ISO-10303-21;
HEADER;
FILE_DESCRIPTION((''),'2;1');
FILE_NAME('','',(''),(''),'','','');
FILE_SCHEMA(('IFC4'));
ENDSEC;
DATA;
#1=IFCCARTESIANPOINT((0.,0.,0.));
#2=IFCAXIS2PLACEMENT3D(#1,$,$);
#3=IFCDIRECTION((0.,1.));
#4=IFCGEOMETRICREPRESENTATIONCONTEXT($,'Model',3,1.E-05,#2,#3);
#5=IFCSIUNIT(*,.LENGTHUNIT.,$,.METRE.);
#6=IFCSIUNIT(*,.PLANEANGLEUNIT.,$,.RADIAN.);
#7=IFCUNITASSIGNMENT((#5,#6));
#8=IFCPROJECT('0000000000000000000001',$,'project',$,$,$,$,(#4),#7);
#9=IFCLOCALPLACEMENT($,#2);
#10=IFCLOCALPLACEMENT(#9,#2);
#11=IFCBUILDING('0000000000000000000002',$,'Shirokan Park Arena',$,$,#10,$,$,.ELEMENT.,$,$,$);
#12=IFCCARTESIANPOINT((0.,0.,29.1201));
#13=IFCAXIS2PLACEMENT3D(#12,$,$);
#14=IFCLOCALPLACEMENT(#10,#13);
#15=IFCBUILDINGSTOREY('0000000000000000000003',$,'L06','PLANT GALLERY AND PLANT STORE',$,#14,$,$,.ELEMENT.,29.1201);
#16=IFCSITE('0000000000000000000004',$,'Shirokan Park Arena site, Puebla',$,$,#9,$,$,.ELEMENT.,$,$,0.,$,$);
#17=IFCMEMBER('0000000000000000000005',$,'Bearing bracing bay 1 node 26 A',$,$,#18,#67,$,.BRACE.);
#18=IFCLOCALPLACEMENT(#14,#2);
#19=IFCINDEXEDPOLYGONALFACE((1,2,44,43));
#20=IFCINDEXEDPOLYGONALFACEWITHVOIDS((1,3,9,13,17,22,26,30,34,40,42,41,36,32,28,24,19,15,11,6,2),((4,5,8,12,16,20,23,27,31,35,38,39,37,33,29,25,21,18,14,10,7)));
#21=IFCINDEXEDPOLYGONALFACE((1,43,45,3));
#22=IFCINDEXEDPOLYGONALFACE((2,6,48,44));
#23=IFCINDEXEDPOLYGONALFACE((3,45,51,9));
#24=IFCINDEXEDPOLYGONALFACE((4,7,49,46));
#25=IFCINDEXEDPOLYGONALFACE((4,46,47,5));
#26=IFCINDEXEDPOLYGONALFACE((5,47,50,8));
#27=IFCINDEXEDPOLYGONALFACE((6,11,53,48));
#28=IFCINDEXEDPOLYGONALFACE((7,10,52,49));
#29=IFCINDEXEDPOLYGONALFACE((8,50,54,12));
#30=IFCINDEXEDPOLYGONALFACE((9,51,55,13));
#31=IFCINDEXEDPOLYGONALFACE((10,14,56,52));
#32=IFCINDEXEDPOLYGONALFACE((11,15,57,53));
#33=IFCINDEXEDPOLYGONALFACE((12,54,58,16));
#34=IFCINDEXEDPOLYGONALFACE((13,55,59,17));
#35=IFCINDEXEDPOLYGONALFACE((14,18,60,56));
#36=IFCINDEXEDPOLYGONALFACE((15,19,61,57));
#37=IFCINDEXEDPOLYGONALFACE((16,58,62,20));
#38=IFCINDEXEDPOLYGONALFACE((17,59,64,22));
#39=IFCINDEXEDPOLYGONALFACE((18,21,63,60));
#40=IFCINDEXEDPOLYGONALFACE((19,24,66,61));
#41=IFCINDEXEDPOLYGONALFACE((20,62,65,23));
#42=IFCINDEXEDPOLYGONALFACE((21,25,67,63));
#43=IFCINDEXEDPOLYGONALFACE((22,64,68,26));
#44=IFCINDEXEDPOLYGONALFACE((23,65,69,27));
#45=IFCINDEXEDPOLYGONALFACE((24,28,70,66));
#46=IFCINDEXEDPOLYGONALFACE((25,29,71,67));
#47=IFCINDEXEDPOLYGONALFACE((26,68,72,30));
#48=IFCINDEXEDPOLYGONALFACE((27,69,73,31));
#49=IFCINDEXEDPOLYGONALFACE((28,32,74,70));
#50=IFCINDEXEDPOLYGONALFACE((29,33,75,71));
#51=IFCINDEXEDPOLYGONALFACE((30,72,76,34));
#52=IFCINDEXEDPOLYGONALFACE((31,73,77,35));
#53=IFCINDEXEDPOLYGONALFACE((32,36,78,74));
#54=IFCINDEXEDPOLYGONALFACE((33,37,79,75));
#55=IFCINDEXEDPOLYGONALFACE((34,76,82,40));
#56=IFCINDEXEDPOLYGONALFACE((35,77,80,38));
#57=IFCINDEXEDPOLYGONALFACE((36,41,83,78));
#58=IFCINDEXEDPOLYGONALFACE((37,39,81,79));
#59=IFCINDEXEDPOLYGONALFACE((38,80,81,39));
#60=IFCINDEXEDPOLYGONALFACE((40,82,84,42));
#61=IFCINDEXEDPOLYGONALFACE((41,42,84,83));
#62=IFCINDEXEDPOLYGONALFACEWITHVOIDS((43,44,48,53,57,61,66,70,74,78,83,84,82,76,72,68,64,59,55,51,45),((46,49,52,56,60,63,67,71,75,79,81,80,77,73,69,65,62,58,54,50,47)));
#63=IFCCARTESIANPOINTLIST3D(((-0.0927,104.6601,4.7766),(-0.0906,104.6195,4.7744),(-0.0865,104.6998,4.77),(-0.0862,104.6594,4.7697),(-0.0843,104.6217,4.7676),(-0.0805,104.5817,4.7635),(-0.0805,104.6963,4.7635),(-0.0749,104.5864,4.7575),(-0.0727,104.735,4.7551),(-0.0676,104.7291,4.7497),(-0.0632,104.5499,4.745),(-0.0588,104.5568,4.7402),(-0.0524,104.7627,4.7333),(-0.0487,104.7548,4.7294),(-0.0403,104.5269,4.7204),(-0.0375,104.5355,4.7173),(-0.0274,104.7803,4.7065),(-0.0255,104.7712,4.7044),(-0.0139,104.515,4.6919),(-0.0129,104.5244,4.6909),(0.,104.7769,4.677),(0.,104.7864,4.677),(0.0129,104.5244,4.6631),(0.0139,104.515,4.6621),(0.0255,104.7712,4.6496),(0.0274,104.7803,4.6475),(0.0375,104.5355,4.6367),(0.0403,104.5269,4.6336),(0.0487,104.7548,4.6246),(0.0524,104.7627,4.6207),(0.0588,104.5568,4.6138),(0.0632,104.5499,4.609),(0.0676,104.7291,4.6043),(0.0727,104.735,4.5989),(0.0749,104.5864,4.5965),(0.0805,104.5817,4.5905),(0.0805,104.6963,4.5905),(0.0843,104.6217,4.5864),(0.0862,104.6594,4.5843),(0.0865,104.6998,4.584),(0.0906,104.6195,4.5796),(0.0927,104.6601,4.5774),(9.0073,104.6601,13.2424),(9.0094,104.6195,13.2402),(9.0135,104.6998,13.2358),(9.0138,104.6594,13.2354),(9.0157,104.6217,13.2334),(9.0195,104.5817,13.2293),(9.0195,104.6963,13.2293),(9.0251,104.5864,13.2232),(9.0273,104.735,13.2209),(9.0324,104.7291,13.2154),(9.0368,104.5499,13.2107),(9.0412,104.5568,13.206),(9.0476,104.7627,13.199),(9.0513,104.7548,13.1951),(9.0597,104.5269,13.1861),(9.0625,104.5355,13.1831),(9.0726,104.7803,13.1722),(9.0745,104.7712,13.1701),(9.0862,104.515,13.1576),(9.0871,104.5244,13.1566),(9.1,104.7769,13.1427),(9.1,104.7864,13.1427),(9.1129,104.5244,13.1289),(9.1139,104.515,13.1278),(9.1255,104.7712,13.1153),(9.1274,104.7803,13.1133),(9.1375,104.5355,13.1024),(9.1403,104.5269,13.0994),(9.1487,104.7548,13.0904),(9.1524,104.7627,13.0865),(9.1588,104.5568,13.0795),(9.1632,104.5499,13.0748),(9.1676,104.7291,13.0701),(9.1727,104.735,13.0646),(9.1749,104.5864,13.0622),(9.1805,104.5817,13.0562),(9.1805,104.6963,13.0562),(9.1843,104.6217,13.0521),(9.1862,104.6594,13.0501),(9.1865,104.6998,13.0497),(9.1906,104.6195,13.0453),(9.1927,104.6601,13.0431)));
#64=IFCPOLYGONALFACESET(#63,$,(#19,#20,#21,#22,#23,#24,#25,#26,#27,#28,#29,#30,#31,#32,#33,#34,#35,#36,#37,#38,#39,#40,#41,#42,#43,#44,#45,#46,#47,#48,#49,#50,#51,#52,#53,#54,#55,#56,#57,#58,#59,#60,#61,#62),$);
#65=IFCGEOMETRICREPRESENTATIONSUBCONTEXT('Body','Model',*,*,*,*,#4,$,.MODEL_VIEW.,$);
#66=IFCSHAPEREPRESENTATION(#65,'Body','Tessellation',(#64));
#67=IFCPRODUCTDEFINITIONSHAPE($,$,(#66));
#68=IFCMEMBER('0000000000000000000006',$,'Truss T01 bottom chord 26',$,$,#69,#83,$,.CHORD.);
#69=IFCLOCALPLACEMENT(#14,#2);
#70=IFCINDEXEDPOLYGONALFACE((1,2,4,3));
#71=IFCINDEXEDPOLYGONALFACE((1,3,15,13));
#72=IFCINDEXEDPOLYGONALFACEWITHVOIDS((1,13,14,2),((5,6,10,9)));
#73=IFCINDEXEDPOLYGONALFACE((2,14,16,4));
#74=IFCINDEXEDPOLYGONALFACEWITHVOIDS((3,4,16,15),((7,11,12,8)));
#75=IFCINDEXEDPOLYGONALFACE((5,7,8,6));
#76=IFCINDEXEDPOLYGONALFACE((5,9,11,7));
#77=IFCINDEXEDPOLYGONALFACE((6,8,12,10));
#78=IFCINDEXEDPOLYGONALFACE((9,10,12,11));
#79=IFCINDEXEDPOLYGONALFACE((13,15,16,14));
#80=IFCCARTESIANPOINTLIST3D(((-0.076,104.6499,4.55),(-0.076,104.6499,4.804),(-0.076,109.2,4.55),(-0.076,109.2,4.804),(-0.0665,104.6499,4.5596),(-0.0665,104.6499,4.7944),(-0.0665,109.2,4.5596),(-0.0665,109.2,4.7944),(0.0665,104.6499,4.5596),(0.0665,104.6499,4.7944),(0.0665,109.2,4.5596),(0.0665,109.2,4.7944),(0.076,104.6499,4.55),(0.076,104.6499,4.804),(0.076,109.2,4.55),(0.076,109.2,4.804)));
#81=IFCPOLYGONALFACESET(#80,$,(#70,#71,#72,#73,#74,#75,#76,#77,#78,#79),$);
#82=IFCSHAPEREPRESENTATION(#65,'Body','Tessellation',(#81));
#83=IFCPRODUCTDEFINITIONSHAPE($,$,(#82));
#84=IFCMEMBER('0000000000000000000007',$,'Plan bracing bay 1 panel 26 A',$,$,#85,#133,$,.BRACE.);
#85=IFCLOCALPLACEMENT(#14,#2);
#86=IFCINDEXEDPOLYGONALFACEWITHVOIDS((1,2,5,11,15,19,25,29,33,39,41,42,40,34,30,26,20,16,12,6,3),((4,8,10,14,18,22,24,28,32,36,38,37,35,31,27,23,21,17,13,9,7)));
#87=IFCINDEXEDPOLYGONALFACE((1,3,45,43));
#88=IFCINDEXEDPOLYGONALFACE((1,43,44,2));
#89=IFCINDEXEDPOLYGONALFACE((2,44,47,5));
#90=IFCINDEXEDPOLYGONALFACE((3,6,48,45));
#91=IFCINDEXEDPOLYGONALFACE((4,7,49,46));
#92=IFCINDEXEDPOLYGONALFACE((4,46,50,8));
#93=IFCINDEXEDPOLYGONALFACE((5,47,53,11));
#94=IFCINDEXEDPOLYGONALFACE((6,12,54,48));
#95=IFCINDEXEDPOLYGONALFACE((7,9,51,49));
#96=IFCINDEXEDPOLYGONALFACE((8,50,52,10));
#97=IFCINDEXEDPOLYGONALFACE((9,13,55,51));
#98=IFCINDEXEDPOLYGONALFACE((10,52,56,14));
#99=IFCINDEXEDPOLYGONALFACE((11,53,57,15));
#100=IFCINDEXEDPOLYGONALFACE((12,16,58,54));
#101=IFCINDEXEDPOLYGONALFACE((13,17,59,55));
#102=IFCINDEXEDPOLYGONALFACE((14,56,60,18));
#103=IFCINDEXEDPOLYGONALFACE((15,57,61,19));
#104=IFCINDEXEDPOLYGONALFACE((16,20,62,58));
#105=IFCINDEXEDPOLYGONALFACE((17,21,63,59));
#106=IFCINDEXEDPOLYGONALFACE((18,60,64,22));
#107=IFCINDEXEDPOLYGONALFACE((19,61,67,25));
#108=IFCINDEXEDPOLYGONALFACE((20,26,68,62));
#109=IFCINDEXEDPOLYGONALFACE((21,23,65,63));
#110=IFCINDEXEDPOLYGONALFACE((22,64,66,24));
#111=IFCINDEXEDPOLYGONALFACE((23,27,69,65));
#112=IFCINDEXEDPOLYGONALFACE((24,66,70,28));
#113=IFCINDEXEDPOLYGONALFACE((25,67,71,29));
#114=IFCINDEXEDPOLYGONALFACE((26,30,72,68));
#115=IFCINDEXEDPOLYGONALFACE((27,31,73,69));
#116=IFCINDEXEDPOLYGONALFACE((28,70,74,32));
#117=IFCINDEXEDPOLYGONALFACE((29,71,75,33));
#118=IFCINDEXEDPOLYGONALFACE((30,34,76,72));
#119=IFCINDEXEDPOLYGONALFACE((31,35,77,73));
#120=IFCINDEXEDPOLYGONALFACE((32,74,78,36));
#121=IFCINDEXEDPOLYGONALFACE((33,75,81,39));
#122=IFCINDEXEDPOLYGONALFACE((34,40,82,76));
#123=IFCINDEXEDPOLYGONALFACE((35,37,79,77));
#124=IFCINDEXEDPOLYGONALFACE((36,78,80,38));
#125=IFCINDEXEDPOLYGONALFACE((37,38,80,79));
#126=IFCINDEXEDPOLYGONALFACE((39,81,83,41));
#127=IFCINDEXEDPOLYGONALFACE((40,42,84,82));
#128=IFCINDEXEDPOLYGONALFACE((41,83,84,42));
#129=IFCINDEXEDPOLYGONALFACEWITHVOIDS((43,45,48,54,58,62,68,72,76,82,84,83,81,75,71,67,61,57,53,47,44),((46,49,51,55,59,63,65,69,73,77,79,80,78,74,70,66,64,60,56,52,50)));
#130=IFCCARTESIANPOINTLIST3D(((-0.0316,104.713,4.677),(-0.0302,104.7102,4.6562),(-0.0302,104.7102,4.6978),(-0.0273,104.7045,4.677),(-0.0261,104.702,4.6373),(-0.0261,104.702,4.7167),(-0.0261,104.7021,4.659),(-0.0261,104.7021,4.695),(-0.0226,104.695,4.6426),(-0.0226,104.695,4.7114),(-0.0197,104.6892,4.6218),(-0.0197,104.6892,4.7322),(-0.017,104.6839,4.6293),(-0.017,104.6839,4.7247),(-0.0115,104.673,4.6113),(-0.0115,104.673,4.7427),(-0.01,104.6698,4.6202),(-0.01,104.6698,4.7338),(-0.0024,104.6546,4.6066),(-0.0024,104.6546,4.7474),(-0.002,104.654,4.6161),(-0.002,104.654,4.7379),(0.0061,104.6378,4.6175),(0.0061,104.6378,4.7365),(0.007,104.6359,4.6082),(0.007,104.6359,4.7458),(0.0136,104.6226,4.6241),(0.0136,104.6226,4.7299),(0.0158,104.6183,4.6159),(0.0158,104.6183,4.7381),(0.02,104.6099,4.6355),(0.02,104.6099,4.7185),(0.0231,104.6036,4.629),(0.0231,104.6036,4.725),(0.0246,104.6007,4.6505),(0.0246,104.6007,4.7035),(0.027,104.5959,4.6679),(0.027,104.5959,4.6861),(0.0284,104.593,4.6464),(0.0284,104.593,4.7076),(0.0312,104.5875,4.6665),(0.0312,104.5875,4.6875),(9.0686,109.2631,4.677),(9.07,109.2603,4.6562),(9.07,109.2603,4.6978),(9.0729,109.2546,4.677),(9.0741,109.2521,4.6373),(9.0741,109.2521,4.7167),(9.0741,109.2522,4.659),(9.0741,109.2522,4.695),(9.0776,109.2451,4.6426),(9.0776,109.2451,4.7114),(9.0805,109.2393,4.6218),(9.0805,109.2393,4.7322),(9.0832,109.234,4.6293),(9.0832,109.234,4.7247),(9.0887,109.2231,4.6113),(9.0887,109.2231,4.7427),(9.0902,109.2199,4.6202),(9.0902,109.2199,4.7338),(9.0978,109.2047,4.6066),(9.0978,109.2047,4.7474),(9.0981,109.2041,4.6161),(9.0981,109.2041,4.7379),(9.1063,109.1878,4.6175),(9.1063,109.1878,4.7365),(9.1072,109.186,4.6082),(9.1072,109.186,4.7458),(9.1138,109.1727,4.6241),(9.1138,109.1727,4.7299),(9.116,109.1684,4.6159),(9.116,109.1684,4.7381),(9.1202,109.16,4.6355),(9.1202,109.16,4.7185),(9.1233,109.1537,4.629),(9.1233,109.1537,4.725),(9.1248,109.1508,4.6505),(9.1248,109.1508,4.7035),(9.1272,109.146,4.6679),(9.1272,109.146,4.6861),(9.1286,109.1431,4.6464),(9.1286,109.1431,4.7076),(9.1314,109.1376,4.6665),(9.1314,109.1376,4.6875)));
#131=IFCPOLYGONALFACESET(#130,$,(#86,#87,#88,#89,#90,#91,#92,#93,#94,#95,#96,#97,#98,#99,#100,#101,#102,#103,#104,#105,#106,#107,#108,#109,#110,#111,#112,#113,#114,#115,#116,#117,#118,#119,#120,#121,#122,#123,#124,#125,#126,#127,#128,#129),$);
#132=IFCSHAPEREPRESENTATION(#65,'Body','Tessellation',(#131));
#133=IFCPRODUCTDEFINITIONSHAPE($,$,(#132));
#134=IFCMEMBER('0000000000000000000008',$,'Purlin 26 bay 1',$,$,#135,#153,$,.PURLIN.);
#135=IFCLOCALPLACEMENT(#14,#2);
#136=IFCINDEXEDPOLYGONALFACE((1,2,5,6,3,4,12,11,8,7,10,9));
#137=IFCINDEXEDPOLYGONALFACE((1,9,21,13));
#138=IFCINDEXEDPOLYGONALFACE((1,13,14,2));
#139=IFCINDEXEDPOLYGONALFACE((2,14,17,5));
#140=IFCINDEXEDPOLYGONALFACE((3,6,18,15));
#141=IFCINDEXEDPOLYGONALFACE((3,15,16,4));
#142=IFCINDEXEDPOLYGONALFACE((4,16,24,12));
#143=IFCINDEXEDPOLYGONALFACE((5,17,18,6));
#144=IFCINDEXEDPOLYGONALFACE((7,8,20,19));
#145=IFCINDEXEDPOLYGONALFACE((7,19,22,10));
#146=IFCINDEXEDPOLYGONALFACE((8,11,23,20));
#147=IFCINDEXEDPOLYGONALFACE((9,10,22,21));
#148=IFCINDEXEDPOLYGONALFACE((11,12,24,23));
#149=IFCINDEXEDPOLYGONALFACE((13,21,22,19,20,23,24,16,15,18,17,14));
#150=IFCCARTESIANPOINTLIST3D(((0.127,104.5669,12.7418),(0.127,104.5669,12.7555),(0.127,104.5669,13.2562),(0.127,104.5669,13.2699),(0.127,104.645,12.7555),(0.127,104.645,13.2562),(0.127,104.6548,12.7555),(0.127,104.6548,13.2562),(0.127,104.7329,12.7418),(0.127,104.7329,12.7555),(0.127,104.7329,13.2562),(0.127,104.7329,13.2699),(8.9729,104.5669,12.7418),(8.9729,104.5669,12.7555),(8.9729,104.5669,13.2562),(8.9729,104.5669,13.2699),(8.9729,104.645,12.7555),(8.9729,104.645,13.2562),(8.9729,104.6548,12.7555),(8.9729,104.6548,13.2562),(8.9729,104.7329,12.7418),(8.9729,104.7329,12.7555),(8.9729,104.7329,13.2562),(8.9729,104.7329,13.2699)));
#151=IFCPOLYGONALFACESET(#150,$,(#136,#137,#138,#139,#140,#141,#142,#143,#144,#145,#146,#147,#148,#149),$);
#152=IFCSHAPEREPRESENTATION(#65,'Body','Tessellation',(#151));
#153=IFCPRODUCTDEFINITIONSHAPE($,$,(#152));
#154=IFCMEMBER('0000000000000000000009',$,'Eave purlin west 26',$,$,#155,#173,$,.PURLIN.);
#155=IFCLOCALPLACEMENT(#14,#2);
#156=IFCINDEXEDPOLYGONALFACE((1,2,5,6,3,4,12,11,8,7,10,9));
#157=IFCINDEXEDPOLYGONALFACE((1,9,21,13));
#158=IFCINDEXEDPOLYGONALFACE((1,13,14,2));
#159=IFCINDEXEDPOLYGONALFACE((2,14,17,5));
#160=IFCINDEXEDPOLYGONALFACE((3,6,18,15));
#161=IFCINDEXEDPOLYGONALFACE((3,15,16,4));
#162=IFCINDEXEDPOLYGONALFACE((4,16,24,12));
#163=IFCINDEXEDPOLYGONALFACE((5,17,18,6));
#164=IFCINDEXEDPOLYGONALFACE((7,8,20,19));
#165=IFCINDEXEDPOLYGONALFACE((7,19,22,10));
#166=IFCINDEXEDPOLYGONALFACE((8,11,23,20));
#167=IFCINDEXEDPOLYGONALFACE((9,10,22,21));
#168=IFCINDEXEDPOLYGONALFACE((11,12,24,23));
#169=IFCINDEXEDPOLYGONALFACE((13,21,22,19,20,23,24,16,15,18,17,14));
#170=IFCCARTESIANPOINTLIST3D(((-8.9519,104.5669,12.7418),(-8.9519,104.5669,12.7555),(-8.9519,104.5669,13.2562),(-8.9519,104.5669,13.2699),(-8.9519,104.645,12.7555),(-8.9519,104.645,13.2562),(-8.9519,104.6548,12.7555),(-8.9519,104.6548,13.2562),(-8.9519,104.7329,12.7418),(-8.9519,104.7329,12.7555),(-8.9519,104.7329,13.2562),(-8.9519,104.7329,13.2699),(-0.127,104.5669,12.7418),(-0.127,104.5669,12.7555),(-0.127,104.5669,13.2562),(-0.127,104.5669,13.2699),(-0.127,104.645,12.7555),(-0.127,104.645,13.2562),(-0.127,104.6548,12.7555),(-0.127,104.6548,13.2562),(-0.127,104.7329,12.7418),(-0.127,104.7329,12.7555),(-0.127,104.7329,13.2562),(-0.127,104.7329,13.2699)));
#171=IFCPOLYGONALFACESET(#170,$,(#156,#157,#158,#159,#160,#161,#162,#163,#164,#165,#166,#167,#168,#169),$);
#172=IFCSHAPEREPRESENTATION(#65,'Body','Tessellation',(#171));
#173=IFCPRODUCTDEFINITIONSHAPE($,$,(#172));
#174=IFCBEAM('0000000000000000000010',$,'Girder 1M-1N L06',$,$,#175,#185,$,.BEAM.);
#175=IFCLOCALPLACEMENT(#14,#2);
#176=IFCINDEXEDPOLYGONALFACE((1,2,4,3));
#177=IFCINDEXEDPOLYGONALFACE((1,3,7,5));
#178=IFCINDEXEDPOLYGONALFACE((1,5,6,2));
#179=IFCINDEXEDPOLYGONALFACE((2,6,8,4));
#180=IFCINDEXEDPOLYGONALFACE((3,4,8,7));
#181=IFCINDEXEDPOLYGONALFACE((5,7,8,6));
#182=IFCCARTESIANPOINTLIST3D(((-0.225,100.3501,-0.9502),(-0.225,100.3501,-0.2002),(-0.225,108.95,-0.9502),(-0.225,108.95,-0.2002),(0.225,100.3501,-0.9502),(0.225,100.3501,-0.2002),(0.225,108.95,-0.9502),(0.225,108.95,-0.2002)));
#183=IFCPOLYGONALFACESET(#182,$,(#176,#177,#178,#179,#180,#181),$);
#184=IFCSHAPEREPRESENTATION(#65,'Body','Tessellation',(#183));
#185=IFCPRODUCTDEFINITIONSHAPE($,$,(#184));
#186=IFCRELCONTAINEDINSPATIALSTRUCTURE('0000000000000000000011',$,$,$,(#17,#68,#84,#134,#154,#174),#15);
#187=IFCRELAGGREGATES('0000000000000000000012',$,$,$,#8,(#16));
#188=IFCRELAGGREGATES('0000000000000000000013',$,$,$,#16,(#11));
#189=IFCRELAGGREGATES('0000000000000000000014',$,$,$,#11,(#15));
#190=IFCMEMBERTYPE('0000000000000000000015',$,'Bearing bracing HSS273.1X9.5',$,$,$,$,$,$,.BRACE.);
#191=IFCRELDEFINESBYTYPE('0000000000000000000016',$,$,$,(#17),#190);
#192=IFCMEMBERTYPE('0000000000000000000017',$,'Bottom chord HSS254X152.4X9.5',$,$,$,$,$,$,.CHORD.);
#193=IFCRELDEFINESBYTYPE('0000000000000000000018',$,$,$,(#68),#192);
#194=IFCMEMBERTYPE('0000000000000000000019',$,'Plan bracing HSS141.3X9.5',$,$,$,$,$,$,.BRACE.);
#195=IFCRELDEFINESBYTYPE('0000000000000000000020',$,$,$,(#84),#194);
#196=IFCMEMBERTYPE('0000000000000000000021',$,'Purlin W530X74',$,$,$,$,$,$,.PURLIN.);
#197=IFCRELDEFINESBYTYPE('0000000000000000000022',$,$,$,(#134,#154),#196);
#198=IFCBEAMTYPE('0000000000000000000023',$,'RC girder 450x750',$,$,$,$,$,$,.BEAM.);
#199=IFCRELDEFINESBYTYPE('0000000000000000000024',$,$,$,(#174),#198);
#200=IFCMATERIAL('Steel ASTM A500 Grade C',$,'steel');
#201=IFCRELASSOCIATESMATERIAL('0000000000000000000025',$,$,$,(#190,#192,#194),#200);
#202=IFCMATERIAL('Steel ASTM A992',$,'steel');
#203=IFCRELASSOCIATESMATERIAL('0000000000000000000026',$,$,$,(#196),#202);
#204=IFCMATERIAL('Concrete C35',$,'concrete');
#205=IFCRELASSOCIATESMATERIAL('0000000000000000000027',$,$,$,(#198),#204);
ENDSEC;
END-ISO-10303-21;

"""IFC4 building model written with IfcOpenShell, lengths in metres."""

from ifc_helpers import new_model, si_unit, direction, frame, origin, origin_2d, place, context, subcontext, project, spatial, rectangle, hollow_rectangle, hollow_circle, i_section, extrude, material, material_profile, profile_set, type_object, element, save


model = new_model("IFC4")

# Units and contexts
model_context = context("Model", 3, precision=1e-05, world=origin(), true_north=direction((0.0, 1.0)))
body_context = subcontext(model_context, "Body", "Model", "MODEL_VIEW")
ifc_project = project(units=[si_unit("LENGTHUNIT", "METRE"), si_unit("PLANEANGLEUNIT", "RADIAN")], contexts=[model_context])

# Site, building, storey
site_placement = place(None, origin())
site = spatial("IfcSite", under=ifc_project, at=site_placement, Name="Shirokan Park Arena site, Puebla", CompositionType="ELEMENT", RefElevation=0.0)
building_placement = place(site_placement, origin())
building = spatial("IfcBuilding", under=site, at=building_placement, Name="Shirokan Park Arena", CompositionType="ELEMENT")
storey_placement = place(building_placement, frame((0.0, 0.0, 29.1201)))
storey = spatial("IfcBuildingStorey", under=building, at=storey_placement, Name="L06", Description="PLANT GALLERY AND PLANT STORE", CompositionType="ELEMENT", Elevation=29.1201)

# Members
ifc_material_1 = material(Name="Steel ASTM A500 Grade C", Category="steel")
ifc_material_profile_1 = material_profile(ifc_material_1, hollow_circle(Radius=0.1365, WallThickness=0.0095, at=origin_2d()), Name="HSS273.1X9.5")
ifc_profile_set_1 = profile_set([ifc_material_profile_1], Name="Steel ASTM A500 Grade C")
member_type_1 = type_object("IfcMemberType", Name="Bearing bracing HSS273.1X9.5", PredefinedType="BRACE", material=ifc_profile_set_1)
member_1_placement = place(storey_placement, frame((0.0, 104.6499, 4.677), z_axis=(0.732162, 0.0, 0.68113), x_axis=(0.0, 1.0, 0.0)))
element("IfcMember", 1, at=member_1_placement, inside=storey, type_object=member_type_1, Name="Bearing bracing bay 1 node 26 A", PredefinedType="BRACE", context=body_context, shape_type="SweptSolid", body=[
    extrude(hollow_circle(Radius=0.1365, WallThickness=0.0095, at=origin_2d()), origin(), (0.0, 0.0, 1.0), 12.429),
])
ifc_material_profile_2 = material_profile(ifc_material_1, hollow_rectangle(XDim=0.1521, YDim=0.2539, WallThickness=0.0095, at=origin_2d()), Name="HSS254X152.4X9.5")
ifc_profile_set_2 = profile_set([ifc_material_profile_2], Name="Steel ASTM A500 Grade C")
member_type_2 = type_object("IfcMemberType", Name="Bottom chord HSS254X152.4X9.5", PredefinedType="CHORD", material=ifc_profile_set_2)
member_2_placement = place(storey_placement, frame((0.0, 104.6499, 4.677), z_axis=(0.0, 1.0, 0.0), x_axis=(-1.0, 0.0, 0.0)))
element("IfcMember", 2, at=member_2_placement, inside=storey, type_object=member_type_2, Name="Truss T01 bottom chord 26", PredefinedType="CHORD", context=body_context, shape_type="SweptSolid", body=[
    extrude(hollow_rectangle(XDim=0.1521, YDim=0.2539, WallThickness=0.0095, at=origin_2d()), origin(), (0.0, 0.0, 1.0), 4.55),
])
ifc_material_profile_3 = material_profile(ifc_material_1, hollow_circle(Radius=0.0706, WallThickness=0.0095, at=origin_2d()), Name="HSS141.3X9.5")
ifc_profile_set_3 = profile_set([ifc_material_profile_3], Name="Steel ASTM A500 Grade C")
member_type_3 = type_object("IfcMemberType", Name="Plan bracing HSS141.3X9.5", PredefinedType="BRACE", material=ifc_profile_set_3)
member_3_placement = place(storey_placement, frame((0.0, 104.6499, 4.677), z_axis=(0.894427, 0.447214, 0.0), x_axis=(-0.447214, 0.894427, 0.0)))
element("IfcMember", 3, at=member_3_placement, inside=storey, type_object=member_type_3, Name="Plan bracing bay 1 panel 26 A", PredefinedType="BRACE", context=body_context, shape_type="SweptSolid", body=[
    extrude(hollow_circle(Radius=0.0706, WallThickness=0.0095, at=origin_2d()), origin(), (0.0, 0.0, 1.0), 10.1743),
])
ifc_material_2 = material(Name="Steel ASTM A992", Category="steel")
ifc_material_profile_4 = material_profile(ifc_material_2, i_section(OverallWidth=0.166, OverallDepth=0.5281, WebThickness=0.0098, FlangeThickness=0.0137, at=origin_2d()), Name="W530X74")
ifc_profile_set_4 = profile_set([ifc_material_profile_4], Name="Steel ASTM A992")
member_type_4 = type_object("IfcMemberType", Name="Purlin W530X74", PredefinedType="PURLIN", material=ifc_profile_set_4)
member_4_placement = place(storey_placement, frame((0.127, 104.6499, 13.0059), z_axis=(1.0, 0.0, 0.0), x_axis=(0.0, 1.0, 0.0)))
element("IfcMember", 4, at=member_4_placement, inside=storey, type_object=member_type_4, Name="Purlin 26 bay 1", PredefinedType="PURLIN", context=body_context, shape_type="SweptSolid", body=[
    extrude(i_section(OverallWidth=0.166, OverallDepth=0.5281, WebThickness=0.0098, FlangeThickness=0.0137, at=origin_2d()), origin(), (0.0, 0.0, 1.0), 8.8459),
])
member_5_placement = place(storey_placement, frame((-8.9519, 104.6499, 13.0059), z_axis=(1.0, 0.0, 0.0), x_axis=(0.0, 1.0, 0.0)))
element("IfcMember", 5, at=member_5_placement, inside=storey, type_object=member_type_4, Name="Eave purlin west 26", PredefinedType="PURLIN", context=body_context, shape_type="SweptSolid", body=[
    extrude(i_section(OverallWidth=0.166, OverallDepth=0.5281, WebThickness=0.0098, FlangeThickness=0.0137, at=origin_2d()), origin(), (0.0, 0.0, 1.0), 8.825),
])

# Beam
ifc_material_3 = material(Name="Concrete C35", Category="concrete")
ifc_material_profile_5 = material_profile(ifc_material_3, rectangle(XDim=0.45, YDim=0.75, at=origin_2d()), Name="450x750")
ifc_profile_set_5 = profile_set([ifc_material_profile_5], Name="Concrete C35")
beam_type = type_object("IfcBeamType", Name="RC girder 450x750", PredefinedType="BEAM", material=ifc_profile_set_5)
beam_placement = place(storey_placement, frame((0.0, 100.3501, -0.5752), z_axis=(0.0, 1.0, 0.0), x_axis=(-1.0, 0.0, 0.0)))
element("IfcBeam", 6, at=beam_placement, inside=storey, type_object=beam_type, Name="Girder 1M-1N L06", PredefinedType="BEAM", context=body_context, shape_type="SweptSolid", body=[
    extrude(rectangle(XDim=0.45, YDim=0.75, at=origin_2d()), origin(), (0.0, 0.0, 1.0), 8.5999),
])

save(model, "model.ifc")
